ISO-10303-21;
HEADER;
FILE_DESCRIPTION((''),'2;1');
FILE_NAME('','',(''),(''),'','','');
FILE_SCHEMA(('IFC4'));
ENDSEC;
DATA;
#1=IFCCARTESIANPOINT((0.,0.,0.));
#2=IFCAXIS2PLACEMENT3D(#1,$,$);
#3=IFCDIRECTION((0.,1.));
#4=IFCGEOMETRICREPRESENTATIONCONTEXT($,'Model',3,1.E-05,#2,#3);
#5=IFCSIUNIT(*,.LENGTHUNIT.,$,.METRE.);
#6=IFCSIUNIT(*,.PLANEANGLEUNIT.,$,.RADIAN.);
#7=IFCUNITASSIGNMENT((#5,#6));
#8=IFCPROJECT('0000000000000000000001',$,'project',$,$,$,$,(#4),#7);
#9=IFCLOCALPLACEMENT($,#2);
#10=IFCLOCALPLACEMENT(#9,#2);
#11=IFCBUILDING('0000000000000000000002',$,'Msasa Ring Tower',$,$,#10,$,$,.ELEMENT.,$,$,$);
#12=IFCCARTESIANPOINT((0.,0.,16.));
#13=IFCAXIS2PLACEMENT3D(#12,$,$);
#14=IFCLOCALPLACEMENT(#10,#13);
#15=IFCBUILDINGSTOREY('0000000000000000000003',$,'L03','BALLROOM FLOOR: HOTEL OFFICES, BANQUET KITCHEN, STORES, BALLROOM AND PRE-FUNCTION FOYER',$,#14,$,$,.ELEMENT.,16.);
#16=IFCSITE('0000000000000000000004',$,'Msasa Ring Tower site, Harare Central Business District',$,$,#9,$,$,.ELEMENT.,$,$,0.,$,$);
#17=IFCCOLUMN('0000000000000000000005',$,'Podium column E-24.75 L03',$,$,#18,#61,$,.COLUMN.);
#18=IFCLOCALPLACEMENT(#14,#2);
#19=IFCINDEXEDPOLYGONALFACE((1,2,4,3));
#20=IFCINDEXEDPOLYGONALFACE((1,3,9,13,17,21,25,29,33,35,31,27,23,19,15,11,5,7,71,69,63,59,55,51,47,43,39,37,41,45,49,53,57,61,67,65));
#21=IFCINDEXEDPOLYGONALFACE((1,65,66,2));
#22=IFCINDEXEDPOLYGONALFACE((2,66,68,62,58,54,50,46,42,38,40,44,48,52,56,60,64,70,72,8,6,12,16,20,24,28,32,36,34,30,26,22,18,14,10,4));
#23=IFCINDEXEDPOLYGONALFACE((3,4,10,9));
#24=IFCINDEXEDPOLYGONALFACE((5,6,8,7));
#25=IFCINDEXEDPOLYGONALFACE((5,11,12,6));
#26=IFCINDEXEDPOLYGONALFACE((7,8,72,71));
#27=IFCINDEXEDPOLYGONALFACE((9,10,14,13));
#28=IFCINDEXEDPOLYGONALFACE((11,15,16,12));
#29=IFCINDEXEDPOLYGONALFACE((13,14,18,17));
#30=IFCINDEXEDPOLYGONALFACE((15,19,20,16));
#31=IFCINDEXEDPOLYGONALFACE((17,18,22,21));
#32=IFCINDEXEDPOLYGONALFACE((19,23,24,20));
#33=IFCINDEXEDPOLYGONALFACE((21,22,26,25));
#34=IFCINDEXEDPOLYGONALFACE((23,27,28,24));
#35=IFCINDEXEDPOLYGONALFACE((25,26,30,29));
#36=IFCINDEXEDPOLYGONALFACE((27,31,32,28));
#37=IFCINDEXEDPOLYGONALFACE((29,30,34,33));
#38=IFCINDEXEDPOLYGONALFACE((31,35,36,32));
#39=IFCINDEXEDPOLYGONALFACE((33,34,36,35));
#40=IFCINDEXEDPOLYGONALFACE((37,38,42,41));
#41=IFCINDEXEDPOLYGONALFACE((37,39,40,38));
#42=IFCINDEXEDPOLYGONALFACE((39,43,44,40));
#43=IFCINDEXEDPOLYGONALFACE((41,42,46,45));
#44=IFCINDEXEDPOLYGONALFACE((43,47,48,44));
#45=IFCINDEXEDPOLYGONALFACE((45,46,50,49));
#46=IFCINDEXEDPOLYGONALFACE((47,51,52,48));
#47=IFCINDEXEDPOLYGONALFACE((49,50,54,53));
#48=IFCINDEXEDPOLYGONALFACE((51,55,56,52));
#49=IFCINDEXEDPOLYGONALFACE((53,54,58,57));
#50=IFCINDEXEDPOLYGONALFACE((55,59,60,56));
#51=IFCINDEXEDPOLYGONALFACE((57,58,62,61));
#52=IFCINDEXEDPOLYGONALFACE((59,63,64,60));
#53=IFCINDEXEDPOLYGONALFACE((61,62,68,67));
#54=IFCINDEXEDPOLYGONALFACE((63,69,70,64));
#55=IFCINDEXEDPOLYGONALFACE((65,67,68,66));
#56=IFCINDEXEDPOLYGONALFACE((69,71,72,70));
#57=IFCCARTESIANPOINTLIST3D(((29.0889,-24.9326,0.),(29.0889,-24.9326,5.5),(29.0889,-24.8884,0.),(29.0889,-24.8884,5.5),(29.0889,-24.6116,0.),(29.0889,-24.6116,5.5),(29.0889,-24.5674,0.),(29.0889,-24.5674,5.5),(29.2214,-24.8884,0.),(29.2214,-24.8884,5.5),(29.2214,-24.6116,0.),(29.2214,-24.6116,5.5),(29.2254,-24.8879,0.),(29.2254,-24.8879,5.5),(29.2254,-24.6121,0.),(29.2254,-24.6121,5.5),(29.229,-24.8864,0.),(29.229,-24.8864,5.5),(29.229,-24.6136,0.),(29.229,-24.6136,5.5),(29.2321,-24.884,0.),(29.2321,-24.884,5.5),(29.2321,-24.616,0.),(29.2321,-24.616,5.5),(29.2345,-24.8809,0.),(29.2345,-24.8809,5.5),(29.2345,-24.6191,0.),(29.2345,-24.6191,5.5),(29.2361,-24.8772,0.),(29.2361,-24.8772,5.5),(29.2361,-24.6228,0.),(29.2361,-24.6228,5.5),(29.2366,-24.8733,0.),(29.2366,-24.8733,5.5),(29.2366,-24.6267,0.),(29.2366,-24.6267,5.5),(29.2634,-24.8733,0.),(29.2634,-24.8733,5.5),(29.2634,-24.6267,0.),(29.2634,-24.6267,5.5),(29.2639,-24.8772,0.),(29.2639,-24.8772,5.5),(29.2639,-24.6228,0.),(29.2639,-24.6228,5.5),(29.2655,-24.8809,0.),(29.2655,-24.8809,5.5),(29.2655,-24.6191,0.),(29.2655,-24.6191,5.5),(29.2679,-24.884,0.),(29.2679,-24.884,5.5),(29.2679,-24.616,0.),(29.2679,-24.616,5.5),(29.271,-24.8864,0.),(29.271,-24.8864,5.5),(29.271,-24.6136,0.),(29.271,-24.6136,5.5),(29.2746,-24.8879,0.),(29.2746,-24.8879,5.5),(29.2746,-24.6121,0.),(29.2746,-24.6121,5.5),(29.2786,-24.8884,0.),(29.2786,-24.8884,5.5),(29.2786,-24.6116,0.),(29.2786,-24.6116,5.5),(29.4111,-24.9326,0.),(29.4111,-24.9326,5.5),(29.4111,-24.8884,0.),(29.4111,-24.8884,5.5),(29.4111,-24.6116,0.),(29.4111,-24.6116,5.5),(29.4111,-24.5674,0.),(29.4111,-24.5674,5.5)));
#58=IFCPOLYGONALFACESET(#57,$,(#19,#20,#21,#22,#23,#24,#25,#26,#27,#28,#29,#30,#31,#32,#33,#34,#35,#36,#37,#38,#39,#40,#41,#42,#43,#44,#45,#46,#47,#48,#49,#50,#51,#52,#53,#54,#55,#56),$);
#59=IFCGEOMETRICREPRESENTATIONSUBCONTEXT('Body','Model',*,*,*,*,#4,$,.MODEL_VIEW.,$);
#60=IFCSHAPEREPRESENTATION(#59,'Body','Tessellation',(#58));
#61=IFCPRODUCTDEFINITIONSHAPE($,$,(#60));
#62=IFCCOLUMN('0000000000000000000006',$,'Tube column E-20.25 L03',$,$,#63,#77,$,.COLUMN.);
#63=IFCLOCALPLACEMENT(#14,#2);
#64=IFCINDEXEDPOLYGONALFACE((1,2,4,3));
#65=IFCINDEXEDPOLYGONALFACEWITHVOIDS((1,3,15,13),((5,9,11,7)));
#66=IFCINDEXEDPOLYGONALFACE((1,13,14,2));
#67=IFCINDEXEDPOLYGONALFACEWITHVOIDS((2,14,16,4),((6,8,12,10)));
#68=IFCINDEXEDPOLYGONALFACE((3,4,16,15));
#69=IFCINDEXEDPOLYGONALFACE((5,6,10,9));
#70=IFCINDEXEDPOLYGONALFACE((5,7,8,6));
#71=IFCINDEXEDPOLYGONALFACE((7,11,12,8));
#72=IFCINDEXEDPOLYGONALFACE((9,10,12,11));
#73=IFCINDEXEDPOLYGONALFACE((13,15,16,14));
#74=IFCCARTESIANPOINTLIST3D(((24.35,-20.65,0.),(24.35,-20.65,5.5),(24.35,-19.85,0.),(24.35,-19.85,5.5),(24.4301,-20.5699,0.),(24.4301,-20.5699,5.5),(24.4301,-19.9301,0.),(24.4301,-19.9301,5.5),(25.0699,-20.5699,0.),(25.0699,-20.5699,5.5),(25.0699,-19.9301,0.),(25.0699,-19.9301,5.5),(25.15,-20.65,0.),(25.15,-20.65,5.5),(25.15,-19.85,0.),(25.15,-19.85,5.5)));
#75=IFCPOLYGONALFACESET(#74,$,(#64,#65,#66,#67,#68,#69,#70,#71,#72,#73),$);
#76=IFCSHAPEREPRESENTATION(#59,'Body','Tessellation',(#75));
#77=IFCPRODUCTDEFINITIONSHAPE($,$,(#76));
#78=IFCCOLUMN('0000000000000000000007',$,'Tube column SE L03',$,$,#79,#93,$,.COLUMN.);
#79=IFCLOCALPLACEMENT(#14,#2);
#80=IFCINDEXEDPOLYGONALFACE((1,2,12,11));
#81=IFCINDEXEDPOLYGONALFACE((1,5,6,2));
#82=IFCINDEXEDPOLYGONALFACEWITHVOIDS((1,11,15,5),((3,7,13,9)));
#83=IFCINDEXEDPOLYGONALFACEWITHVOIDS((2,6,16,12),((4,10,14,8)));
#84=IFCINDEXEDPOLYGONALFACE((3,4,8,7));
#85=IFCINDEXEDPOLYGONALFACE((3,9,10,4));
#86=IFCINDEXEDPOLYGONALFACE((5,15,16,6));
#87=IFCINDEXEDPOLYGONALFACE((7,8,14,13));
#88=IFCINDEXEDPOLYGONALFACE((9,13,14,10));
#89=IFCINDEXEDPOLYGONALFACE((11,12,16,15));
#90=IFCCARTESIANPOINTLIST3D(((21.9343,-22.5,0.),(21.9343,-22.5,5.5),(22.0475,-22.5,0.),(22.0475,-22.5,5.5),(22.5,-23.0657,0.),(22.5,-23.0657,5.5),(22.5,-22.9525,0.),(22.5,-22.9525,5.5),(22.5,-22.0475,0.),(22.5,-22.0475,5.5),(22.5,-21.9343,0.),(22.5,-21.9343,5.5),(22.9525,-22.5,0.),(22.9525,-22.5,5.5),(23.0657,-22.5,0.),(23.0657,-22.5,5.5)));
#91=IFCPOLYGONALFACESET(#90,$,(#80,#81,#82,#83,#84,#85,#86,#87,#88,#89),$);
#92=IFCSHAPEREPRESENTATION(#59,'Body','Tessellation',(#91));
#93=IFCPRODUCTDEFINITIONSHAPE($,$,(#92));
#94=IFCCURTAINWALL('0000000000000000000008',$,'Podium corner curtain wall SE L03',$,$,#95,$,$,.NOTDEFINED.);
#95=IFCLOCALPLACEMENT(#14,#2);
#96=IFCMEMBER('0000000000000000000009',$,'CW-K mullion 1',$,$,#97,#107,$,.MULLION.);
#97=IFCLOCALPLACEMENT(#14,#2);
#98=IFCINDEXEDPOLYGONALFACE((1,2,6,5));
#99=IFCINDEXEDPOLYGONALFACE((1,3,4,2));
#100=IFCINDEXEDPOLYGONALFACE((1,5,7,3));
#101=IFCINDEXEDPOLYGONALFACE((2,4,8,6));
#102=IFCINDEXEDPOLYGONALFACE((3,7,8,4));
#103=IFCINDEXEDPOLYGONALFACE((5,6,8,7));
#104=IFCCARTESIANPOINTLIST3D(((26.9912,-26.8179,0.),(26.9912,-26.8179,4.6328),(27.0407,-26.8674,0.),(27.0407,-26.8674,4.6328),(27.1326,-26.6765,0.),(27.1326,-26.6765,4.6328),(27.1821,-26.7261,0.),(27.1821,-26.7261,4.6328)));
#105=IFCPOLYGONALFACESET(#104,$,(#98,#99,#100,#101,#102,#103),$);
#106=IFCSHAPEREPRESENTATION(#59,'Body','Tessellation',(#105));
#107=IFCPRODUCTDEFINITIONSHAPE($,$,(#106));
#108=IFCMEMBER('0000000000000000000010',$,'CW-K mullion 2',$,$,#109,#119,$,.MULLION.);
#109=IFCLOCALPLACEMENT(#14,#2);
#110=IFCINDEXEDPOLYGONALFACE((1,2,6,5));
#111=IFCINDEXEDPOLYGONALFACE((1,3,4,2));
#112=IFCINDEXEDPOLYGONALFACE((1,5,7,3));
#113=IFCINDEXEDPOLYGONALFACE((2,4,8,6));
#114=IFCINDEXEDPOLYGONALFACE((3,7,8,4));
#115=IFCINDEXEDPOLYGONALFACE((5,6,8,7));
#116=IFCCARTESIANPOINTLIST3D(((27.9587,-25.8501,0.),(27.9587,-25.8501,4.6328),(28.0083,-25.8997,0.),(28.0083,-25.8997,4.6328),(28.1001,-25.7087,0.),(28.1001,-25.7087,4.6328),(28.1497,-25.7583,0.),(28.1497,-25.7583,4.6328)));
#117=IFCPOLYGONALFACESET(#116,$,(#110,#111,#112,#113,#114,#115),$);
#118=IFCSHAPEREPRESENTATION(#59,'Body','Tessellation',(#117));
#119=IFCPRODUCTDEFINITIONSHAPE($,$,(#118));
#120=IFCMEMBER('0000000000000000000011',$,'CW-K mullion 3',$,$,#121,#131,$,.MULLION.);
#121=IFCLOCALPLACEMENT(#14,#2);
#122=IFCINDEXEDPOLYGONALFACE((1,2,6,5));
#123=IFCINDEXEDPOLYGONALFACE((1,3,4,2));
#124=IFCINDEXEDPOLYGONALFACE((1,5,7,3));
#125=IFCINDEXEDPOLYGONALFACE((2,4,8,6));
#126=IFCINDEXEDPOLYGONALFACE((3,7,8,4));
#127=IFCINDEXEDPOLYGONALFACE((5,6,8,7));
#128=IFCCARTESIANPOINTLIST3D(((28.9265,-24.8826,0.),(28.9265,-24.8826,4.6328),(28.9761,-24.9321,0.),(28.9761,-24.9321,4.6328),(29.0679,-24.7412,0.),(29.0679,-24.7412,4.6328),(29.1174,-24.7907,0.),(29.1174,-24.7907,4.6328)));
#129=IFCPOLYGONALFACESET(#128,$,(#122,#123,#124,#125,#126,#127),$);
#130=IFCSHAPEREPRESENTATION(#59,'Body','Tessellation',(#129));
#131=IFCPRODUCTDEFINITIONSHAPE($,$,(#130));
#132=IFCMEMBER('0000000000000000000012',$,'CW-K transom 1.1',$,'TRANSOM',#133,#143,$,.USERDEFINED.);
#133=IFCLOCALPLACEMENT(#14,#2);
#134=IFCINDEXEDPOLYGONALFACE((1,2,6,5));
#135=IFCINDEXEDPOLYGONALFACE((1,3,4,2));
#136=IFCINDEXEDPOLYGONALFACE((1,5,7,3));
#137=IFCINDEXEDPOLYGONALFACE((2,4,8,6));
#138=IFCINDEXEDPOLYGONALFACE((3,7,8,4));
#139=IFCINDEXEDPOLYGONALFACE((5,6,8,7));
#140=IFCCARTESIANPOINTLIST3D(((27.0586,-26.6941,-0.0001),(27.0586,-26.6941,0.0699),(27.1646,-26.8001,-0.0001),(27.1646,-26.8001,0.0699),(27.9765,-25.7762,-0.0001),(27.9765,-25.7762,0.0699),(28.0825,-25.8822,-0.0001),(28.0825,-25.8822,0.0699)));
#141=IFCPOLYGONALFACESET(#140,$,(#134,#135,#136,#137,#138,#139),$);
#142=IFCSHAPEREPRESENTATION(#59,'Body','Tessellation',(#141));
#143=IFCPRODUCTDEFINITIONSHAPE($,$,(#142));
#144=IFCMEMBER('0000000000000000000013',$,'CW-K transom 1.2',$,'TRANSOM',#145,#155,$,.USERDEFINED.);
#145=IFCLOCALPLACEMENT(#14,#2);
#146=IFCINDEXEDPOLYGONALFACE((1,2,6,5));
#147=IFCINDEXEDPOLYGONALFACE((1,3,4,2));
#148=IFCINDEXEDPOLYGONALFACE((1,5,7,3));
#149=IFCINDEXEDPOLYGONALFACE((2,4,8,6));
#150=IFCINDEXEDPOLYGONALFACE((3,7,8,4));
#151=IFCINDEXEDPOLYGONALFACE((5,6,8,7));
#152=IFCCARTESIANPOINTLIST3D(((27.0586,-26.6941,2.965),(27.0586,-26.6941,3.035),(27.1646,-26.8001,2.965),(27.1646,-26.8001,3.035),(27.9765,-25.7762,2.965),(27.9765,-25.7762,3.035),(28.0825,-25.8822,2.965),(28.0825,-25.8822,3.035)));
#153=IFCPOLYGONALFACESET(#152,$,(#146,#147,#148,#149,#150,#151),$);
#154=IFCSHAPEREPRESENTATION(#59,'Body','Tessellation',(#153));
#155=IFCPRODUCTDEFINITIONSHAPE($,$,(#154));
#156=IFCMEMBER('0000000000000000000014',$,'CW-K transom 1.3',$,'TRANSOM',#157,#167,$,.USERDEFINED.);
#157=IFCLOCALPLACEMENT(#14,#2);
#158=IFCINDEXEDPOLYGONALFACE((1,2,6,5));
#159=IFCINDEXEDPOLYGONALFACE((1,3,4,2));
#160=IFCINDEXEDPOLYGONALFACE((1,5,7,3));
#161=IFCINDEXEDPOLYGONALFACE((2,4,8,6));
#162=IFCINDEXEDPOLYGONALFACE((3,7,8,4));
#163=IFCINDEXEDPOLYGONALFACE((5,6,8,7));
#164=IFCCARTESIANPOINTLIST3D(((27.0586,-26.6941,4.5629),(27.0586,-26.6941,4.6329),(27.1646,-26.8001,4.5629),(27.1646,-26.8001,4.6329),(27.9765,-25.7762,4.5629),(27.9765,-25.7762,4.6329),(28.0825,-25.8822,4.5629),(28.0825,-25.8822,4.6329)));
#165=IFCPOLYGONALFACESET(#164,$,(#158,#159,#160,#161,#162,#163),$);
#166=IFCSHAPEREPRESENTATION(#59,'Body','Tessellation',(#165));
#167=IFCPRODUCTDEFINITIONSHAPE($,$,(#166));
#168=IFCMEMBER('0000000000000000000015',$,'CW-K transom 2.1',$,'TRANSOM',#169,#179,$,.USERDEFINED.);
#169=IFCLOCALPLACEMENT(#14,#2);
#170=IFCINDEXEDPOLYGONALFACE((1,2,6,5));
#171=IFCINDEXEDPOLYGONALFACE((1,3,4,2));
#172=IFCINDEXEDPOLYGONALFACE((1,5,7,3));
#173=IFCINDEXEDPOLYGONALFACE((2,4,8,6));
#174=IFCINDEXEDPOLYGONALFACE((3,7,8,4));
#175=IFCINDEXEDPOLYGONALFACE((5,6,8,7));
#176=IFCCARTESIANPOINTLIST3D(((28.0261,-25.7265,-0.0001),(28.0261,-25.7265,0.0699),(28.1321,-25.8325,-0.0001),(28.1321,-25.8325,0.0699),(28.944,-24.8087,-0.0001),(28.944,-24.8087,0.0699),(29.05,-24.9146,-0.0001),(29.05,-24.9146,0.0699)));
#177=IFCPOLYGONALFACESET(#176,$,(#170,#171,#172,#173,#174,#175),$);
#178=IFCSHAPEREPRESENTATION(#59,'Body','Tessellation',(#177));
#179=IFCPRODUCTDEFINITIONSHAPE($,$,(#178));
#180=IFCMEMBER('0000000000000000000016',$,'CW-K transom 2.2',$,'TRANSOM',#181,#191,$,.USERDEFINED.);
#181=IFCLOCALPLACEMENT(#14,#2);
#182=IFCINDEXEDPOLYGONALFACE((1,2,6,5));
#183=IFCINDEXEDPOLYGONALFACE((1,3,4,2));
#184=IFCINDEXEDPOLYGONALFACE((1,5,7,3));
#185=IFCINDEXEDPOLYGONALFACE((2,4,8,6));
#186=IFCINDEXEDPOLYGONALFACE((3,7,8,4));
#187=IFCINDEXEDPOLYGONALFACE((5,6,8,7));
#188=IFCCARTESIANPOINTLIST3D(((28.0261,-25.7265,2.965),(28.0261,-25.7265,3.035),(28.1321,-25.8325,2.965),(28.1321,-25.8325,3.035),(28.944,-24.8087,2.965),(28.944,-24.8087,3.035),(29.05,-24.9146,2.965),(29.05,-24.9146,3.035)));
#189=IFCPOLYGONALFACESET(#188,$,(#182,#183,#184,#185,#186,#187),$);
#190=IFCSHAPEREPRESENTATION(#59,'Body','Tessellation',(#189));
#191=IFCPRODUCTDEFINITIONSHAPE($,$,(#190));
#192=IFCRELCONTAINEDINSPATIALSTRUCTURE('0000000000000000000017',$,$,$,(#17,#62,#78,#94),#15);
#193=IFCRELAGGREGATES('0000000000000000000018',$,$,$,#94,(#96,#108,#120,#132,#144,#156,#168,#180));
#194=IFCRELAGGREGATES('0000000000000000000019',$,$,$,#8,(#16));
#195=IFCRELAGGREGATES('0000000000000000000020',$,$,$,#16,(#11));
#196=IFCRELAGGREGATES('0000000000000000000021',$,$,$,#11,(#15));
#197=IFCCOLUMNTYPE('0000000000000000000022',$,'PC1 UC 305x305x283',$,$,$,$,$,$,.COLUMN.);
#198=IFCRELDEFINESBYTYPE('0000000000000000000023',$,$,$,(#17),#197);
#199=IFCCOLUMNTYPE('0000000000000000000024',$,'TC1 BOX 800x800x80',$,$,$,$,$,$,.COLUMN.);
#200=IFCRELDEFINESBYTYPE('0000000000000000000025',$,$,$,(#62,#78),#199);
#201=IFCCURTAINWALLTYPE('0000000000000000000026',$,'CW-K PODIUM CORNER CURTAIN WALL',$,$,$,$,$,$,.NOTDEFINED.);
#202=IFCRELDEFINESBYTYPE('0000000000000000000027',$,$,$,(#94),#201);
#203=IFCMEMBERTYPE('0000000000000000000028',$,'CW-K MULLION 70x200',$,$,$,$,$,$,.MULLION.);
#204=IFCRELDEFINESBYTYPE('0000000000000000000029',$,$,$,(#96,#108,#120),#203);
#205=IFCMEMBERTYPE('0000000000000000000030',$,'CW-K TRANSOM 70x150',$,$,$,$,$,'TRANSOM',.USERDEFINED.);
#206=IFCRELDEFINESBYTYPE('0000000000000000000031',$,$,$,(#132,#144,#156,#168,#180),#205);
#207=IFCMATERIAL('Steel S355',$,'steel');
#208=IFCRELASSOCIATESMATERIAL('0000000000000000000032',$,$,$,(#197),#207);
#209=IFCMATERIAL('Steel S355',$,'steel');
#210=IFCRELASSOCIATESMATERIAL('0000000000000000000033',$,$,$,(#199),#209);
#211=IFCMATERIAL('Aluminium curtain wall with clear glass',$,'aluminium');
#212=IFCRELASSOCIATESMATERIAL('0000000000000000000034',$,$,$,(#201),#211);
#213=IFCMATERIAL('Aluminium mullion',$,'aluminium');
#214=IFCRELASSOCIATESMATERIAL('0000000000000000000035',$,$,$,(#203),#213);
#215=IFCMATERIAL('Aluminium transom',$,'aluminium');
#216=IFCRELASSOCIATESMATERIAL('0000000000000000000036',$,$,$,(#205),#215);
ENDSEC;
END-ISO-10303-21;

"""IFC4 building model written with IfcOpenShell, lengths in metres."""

from ifc_helpers import new_model, si_unit, direction, frame, origin, origin_2d, place, context, subcontext, project, spatial, rectangle, hollow_rectangle, i_section, extrude, material, material_profile, profile_set, type_object, element, aggregate, save


model = new_model("IFC4")

# Units and contexts
model_context = context("Model", 3, precision=1e-05, world=origin(), true_north=direction((0.0, 1.0)))
body_context = subcontext(model_context, "Body", "Model", "MODEL_VIEW")
ifc_project = project(units=[si_unit("LENGTHUNIT", "METRE"), si_unit("PLANEANGLEUNIT", "RADIAN")], contexts=[model_context])

# Site, building, storey
site_placement = place(None, origin())
site = spatial("IfcSite", under=ifc_project, at=site_placement, Name="Msasa Ring Tower site, Harare Central Business District", CompositionType="ELEMENT", RefElevation=0.0)
building_placement = place(site_placement, origin())
building = spatial("IfcBuilding", under=site, at=building_placement, Name="Msasa Ring Tower", CompositionType="ELEMENT")
storey_placement = place(building_placement, frame((0.0, 0.0, 16.0)))
storey = spatial("IfcBuildingStorey", under=building, at=storey_placement, Name="L03", Description="BALLROOM FLOOR: HOTEL OFFICES, BANQUET KITCHEN, STORES, BALLROOM AND PRE-FUNCTION FOYER", CompositionType="ELEMENT", Elevation=16.0)

# Columns
ifc_material_1 = material(Name="Steel S355", Category="steel")
ifc_material_profile_1 = material_profile(ifc_material_1, i_section(OverallWidth=0.3223, OverallDepth=0.3652, WebThickness=0.0269, FlangeThickness=0.0442, FilletRadius=0.0151, at=origin_2d()), Name="UC 305x305x283")
ifc_profile_set_1 = profile_set([ifc_material_profile_1], Name="Steel S355")
column_type_1 = type_object("IfcColumnType", Name="PC1 UC 305x305x283", PredefinedType="COLUMN", material=ifc_profile_set_1)
column_placement = place(storey_placement, frame((29.25, -24.75, 0.0), z_axis=(0.0, 0.0, 1.0), x_axis=(1.0, 0.0, 0.0)))
element("IfcColumn", 1, at=column_placement, inside=storey, type_object=column_type_1, Name="Podium column E-24.75 L03", PredefinedType="COLUMN", context=body_context, shape_type="SweptSolid", body=[
    extrude(i_section(OverallWidth=0.3223, OverallDepth=0.3652, WebThickness=0.0269, FlangeThickness=0.0442, FilletRadius=0.0151, at=origin_2d()), origin(), (0.0, 0.0, 1.0), 5.5),
])
ifc_material_2 = material(Name="Steel S355", Category="steel")
ifc_material_profile_2 = material_profile(ifc_material_2, hollow_rectangle(XDim=0.8, YDim=0.8, WallThickness=0.0801, at=origin_2d()), Name="BOX 800x800x80")
ifc_profile_set_2 = profile_set([ifc_material_profile_2], Name="Steel S355")
column_type_2 = type_object("IfcColumnType", Name="TC1 BOX 800x800x80", PredefinedType="COLUMN", material=ifc_profile_set_2)
for number, where, z_axis, x_axis, name in (
    (2, (24.75, -20.25, 0.0), (0.0, 0.0, 1.0), (1.0, 0.0, 0.0), "Tube column E-20.25 L03"),
    (3, (22.5, -22.5, 0.0), (0.0, 0.0, 1.0), (0.707107, -0.707107, 0.0), "Tube column SE L03"),
):
    element("IfcColumn", number, at=place(storey_placement, frame(where, z_axis=z_axis, x_axis=x_axis)), inside=storey, type_object=column_type_2, Name=name, PredefinedType="COLUMN", context=body_context, shape_type="SweptSolid", body=[
        extrude(hollow_rectangle(XDim=0.8, YDim=0.8, WallThickness=0.0801, at=origin_2d()), origin(), (0.0, 0.0, 1.0), 5.5),
    ])

# Curtain wall, members
ifc_material_3 = material(Name="Aluminium curtain wall with clear glass", Category="aluminium")
curtain_wall_type = type_object("IfcCurtainWallType", Name="CW-K PODIUM CORNER CURTAIN WALL", PredefinedType="NOTDEFINED", material=ifc_material_3)
curtain_wall_placement = place(storey_placement, origin())
curtain_wall = element("IfcCurtainWall", 4, at=curtain_wall_placement, inside=storey, type_object=curtain_wall_type, Name="Podium corner curtain wall SE L03", PredefinedType="NOTDEFINED")
ifc_material_4 = material(Name="Aluminium mullion", Category="aluminium")
ifc_material_profile_3 = material_profile(ifc_material_4, rectangle(XDim=0.0701, YDim=0.2, at=origin_2d()), Name="AL 70x200")
ifc_profile_set_3 = profile_set([ifc_material_profile_3], Name="Aluminium mullion")
member_type_1 = type_object("IfcMemberType", Name="CW-K MULLION 70x200", PredefinedType="MULLION", material=ifc_profile_set_3)
member_1_placement = place(storey_placement, frame((27.0867, -26.772, 0.0), z_axis=(0.0, 0.0, 1.0), x_axis=(-0.707107, 0.707107, 0.0)))
member_1 = element("IfcMember", 5, at=member_1_placement, type_object=member_type_1, Name="CW-K mullion 1", PredefinedType="MULLION", context=body_context, shape_type="SweptSolid", body=[
    extrude(rectangle(XDim=0.0701, YDim=0.2, at=origin_2d()), origin(), (0.0, 0.0, 1.0), 4.6328),
])
member_2_placement = place(storey_placement, frame((28.0542, -25.8042, 0.0), z_axis=(0.0, 0.0, 1.0), x_axis=(-0.707107, 0.707107, 0.0)))
member_2 = element("IfcMember", 6, at=member_2_placement, type_object=member_type_1, Name="CW-K mullion 2", PredefinedType="MULLION", context=body_context, shape_type="SweptSolid", body=[
    extrude(rectangle(XDim=0.0701, YDim=0.2, at=origin_2d()), origin(), (0.0, 0.0, 1.0), 4.6328),
])
member_3_placement = place(storey_placement, frame((29.022, -24.8367, 0.0), z_axis=(0.0, 0.0, 1.0), x_axis=(-0.707107, 0.707107, 0.0)))
member_3 = element("IfcMember", 7, at=member_3_placement, type_object=member_type_1, Name="CW-K mullion 3", PredefinedType="MULLION", context=body_context, shape_type="SweptSolid", body=[
    extrude(rectangle(XDim=0.0701, YDim=0.2, at=origin_2d()), origin(), (0.0, 0.0, 1.0), 4.6328),
])
ifc_material_5 = material(Name="Aluminium transom", Category="aluminium")
ifc_material_profile_4 = material_profile(ifc_material_5, rectangle(XDim=0.1499, YDim=0.0701, at=origin_2d()), Name="AL 70x150")
ifc_profile_set_4 = profile_set([ifc_material_profile_4], Name="Aluminium transom")
member_type_2 = type_object("IfcMemberType", Name="CW-K TRANSOM 70x150", ElementType="TRANSOM", PredefinedType="USERDEFINED", material=ifc_profile_set_4)
member_4_placement = place(storey_placement, frame((27.1116, -26.7471, 0.0349), z_axis=(0.707107, 0.707107, 0.0), x_axis=(-0.707107, 0.707107, 0.0)))
member_4 = element("IfcMember", 8, at=member_4_placement, type_object=member_type_2, Name="CW-K transom 1.1", ObjectType="TRANSOM", PredefinedType="USERDEFINED", context=body_context, shape_type="SweptSolid", body=[
    extrude(rectangle(XDim=0.1499, YDim=0.0701, at=origin_2d()), origin(), (0.0, 0.0, 1.0), 1.2981),
])
member_5_placement = place(storey_placement, frame((27.1116, -26.7471, 3.0), z_axis=(0.707107, 0.707107, 0.0), x_axis=(-0.707107, 0.707107, 0.0)))
member_5 = element("IfcMember", 9, at=member_5_placement, type_object=member_type_2, Name="CW-K transom 1.2", ObjectType="TRANSOM", PredefinedType="USERDEFINED", context=body_context, shape_type="SweptSolid", body=[
    extrude(rectangle(XDim=0.1499, YDim=0.0701, at=origin_2d()), origin(), (0.0, 0.0, 1.0), 1.2981),
])
member_6_placement = place(storey_placement, frame((27.1116, -26.7471, 4.5979), z_axis=(0.707107, 0.707107, 0.0), x_axis=(-0.707107, 0.707107, 0.0)))
member_6 = element("IfcMember", 10, at=member_6_placement, type_object=member_type_2, Name="CW-K transom 1.3", ObjectType="TRANSOM", PredefinedType="USERDEFINED", context=body_context, shape_type="SweptSolid", body=[
    extrude(rectangle(XDim=0.1499, YDim=0.0701, at=origin_2d()), origin(), (0.0, 0.0, 1.0), 1.2981),
])
member_7_placement = place(storey_placement, frame((28.0791, -25.7795, 0.0349), z_axis=(0.707107, 0.707107, 0.0), x_axis=(-0.707107, 0.707107, 0.0)))
member_7 = element("IfcMember", 11, at=member_7_placement, type_object=member_type_2, Name="CW-K transom 2.1", ObjectType="TRANSOM", PredefinedType="USERDEFINED", context=body_context, shape_type="SweptSolid", body=[
    extrude(rectangle(XDim=0.1499, YDim=0.0701, at=origin_2d()), origin(), (0.0, 0.0, 1.0), 1.2981),
])
member_8_placement = place(storey_placement, frame((28.0791, -25.7795, 3.0), z_axis=(0.707107, 0.707107, 0.0), x_axis=(-0.707107, 0.707107, 0.0)))
member_8 = element("IfcMember", 12, at=member_8_placement, type_object=member_type_2, Name="CW-K transom 2.2", ObjectType="TRANSOM", PredefinedType="USERDEFINED", context=body_context, shape_type="SweptSolid", body=[
    extrude(rectangle(XDim=0.1499, YDim=0.0701, at=origin_2d()), origin(), (0.0, 0.0, 1.0), 1.2981),
])

aggregate(curtain_wall, [member_1, member_2, member_3, member_4, member_5, member_6, member_7, member_8])

save(model, "model.ifc")
